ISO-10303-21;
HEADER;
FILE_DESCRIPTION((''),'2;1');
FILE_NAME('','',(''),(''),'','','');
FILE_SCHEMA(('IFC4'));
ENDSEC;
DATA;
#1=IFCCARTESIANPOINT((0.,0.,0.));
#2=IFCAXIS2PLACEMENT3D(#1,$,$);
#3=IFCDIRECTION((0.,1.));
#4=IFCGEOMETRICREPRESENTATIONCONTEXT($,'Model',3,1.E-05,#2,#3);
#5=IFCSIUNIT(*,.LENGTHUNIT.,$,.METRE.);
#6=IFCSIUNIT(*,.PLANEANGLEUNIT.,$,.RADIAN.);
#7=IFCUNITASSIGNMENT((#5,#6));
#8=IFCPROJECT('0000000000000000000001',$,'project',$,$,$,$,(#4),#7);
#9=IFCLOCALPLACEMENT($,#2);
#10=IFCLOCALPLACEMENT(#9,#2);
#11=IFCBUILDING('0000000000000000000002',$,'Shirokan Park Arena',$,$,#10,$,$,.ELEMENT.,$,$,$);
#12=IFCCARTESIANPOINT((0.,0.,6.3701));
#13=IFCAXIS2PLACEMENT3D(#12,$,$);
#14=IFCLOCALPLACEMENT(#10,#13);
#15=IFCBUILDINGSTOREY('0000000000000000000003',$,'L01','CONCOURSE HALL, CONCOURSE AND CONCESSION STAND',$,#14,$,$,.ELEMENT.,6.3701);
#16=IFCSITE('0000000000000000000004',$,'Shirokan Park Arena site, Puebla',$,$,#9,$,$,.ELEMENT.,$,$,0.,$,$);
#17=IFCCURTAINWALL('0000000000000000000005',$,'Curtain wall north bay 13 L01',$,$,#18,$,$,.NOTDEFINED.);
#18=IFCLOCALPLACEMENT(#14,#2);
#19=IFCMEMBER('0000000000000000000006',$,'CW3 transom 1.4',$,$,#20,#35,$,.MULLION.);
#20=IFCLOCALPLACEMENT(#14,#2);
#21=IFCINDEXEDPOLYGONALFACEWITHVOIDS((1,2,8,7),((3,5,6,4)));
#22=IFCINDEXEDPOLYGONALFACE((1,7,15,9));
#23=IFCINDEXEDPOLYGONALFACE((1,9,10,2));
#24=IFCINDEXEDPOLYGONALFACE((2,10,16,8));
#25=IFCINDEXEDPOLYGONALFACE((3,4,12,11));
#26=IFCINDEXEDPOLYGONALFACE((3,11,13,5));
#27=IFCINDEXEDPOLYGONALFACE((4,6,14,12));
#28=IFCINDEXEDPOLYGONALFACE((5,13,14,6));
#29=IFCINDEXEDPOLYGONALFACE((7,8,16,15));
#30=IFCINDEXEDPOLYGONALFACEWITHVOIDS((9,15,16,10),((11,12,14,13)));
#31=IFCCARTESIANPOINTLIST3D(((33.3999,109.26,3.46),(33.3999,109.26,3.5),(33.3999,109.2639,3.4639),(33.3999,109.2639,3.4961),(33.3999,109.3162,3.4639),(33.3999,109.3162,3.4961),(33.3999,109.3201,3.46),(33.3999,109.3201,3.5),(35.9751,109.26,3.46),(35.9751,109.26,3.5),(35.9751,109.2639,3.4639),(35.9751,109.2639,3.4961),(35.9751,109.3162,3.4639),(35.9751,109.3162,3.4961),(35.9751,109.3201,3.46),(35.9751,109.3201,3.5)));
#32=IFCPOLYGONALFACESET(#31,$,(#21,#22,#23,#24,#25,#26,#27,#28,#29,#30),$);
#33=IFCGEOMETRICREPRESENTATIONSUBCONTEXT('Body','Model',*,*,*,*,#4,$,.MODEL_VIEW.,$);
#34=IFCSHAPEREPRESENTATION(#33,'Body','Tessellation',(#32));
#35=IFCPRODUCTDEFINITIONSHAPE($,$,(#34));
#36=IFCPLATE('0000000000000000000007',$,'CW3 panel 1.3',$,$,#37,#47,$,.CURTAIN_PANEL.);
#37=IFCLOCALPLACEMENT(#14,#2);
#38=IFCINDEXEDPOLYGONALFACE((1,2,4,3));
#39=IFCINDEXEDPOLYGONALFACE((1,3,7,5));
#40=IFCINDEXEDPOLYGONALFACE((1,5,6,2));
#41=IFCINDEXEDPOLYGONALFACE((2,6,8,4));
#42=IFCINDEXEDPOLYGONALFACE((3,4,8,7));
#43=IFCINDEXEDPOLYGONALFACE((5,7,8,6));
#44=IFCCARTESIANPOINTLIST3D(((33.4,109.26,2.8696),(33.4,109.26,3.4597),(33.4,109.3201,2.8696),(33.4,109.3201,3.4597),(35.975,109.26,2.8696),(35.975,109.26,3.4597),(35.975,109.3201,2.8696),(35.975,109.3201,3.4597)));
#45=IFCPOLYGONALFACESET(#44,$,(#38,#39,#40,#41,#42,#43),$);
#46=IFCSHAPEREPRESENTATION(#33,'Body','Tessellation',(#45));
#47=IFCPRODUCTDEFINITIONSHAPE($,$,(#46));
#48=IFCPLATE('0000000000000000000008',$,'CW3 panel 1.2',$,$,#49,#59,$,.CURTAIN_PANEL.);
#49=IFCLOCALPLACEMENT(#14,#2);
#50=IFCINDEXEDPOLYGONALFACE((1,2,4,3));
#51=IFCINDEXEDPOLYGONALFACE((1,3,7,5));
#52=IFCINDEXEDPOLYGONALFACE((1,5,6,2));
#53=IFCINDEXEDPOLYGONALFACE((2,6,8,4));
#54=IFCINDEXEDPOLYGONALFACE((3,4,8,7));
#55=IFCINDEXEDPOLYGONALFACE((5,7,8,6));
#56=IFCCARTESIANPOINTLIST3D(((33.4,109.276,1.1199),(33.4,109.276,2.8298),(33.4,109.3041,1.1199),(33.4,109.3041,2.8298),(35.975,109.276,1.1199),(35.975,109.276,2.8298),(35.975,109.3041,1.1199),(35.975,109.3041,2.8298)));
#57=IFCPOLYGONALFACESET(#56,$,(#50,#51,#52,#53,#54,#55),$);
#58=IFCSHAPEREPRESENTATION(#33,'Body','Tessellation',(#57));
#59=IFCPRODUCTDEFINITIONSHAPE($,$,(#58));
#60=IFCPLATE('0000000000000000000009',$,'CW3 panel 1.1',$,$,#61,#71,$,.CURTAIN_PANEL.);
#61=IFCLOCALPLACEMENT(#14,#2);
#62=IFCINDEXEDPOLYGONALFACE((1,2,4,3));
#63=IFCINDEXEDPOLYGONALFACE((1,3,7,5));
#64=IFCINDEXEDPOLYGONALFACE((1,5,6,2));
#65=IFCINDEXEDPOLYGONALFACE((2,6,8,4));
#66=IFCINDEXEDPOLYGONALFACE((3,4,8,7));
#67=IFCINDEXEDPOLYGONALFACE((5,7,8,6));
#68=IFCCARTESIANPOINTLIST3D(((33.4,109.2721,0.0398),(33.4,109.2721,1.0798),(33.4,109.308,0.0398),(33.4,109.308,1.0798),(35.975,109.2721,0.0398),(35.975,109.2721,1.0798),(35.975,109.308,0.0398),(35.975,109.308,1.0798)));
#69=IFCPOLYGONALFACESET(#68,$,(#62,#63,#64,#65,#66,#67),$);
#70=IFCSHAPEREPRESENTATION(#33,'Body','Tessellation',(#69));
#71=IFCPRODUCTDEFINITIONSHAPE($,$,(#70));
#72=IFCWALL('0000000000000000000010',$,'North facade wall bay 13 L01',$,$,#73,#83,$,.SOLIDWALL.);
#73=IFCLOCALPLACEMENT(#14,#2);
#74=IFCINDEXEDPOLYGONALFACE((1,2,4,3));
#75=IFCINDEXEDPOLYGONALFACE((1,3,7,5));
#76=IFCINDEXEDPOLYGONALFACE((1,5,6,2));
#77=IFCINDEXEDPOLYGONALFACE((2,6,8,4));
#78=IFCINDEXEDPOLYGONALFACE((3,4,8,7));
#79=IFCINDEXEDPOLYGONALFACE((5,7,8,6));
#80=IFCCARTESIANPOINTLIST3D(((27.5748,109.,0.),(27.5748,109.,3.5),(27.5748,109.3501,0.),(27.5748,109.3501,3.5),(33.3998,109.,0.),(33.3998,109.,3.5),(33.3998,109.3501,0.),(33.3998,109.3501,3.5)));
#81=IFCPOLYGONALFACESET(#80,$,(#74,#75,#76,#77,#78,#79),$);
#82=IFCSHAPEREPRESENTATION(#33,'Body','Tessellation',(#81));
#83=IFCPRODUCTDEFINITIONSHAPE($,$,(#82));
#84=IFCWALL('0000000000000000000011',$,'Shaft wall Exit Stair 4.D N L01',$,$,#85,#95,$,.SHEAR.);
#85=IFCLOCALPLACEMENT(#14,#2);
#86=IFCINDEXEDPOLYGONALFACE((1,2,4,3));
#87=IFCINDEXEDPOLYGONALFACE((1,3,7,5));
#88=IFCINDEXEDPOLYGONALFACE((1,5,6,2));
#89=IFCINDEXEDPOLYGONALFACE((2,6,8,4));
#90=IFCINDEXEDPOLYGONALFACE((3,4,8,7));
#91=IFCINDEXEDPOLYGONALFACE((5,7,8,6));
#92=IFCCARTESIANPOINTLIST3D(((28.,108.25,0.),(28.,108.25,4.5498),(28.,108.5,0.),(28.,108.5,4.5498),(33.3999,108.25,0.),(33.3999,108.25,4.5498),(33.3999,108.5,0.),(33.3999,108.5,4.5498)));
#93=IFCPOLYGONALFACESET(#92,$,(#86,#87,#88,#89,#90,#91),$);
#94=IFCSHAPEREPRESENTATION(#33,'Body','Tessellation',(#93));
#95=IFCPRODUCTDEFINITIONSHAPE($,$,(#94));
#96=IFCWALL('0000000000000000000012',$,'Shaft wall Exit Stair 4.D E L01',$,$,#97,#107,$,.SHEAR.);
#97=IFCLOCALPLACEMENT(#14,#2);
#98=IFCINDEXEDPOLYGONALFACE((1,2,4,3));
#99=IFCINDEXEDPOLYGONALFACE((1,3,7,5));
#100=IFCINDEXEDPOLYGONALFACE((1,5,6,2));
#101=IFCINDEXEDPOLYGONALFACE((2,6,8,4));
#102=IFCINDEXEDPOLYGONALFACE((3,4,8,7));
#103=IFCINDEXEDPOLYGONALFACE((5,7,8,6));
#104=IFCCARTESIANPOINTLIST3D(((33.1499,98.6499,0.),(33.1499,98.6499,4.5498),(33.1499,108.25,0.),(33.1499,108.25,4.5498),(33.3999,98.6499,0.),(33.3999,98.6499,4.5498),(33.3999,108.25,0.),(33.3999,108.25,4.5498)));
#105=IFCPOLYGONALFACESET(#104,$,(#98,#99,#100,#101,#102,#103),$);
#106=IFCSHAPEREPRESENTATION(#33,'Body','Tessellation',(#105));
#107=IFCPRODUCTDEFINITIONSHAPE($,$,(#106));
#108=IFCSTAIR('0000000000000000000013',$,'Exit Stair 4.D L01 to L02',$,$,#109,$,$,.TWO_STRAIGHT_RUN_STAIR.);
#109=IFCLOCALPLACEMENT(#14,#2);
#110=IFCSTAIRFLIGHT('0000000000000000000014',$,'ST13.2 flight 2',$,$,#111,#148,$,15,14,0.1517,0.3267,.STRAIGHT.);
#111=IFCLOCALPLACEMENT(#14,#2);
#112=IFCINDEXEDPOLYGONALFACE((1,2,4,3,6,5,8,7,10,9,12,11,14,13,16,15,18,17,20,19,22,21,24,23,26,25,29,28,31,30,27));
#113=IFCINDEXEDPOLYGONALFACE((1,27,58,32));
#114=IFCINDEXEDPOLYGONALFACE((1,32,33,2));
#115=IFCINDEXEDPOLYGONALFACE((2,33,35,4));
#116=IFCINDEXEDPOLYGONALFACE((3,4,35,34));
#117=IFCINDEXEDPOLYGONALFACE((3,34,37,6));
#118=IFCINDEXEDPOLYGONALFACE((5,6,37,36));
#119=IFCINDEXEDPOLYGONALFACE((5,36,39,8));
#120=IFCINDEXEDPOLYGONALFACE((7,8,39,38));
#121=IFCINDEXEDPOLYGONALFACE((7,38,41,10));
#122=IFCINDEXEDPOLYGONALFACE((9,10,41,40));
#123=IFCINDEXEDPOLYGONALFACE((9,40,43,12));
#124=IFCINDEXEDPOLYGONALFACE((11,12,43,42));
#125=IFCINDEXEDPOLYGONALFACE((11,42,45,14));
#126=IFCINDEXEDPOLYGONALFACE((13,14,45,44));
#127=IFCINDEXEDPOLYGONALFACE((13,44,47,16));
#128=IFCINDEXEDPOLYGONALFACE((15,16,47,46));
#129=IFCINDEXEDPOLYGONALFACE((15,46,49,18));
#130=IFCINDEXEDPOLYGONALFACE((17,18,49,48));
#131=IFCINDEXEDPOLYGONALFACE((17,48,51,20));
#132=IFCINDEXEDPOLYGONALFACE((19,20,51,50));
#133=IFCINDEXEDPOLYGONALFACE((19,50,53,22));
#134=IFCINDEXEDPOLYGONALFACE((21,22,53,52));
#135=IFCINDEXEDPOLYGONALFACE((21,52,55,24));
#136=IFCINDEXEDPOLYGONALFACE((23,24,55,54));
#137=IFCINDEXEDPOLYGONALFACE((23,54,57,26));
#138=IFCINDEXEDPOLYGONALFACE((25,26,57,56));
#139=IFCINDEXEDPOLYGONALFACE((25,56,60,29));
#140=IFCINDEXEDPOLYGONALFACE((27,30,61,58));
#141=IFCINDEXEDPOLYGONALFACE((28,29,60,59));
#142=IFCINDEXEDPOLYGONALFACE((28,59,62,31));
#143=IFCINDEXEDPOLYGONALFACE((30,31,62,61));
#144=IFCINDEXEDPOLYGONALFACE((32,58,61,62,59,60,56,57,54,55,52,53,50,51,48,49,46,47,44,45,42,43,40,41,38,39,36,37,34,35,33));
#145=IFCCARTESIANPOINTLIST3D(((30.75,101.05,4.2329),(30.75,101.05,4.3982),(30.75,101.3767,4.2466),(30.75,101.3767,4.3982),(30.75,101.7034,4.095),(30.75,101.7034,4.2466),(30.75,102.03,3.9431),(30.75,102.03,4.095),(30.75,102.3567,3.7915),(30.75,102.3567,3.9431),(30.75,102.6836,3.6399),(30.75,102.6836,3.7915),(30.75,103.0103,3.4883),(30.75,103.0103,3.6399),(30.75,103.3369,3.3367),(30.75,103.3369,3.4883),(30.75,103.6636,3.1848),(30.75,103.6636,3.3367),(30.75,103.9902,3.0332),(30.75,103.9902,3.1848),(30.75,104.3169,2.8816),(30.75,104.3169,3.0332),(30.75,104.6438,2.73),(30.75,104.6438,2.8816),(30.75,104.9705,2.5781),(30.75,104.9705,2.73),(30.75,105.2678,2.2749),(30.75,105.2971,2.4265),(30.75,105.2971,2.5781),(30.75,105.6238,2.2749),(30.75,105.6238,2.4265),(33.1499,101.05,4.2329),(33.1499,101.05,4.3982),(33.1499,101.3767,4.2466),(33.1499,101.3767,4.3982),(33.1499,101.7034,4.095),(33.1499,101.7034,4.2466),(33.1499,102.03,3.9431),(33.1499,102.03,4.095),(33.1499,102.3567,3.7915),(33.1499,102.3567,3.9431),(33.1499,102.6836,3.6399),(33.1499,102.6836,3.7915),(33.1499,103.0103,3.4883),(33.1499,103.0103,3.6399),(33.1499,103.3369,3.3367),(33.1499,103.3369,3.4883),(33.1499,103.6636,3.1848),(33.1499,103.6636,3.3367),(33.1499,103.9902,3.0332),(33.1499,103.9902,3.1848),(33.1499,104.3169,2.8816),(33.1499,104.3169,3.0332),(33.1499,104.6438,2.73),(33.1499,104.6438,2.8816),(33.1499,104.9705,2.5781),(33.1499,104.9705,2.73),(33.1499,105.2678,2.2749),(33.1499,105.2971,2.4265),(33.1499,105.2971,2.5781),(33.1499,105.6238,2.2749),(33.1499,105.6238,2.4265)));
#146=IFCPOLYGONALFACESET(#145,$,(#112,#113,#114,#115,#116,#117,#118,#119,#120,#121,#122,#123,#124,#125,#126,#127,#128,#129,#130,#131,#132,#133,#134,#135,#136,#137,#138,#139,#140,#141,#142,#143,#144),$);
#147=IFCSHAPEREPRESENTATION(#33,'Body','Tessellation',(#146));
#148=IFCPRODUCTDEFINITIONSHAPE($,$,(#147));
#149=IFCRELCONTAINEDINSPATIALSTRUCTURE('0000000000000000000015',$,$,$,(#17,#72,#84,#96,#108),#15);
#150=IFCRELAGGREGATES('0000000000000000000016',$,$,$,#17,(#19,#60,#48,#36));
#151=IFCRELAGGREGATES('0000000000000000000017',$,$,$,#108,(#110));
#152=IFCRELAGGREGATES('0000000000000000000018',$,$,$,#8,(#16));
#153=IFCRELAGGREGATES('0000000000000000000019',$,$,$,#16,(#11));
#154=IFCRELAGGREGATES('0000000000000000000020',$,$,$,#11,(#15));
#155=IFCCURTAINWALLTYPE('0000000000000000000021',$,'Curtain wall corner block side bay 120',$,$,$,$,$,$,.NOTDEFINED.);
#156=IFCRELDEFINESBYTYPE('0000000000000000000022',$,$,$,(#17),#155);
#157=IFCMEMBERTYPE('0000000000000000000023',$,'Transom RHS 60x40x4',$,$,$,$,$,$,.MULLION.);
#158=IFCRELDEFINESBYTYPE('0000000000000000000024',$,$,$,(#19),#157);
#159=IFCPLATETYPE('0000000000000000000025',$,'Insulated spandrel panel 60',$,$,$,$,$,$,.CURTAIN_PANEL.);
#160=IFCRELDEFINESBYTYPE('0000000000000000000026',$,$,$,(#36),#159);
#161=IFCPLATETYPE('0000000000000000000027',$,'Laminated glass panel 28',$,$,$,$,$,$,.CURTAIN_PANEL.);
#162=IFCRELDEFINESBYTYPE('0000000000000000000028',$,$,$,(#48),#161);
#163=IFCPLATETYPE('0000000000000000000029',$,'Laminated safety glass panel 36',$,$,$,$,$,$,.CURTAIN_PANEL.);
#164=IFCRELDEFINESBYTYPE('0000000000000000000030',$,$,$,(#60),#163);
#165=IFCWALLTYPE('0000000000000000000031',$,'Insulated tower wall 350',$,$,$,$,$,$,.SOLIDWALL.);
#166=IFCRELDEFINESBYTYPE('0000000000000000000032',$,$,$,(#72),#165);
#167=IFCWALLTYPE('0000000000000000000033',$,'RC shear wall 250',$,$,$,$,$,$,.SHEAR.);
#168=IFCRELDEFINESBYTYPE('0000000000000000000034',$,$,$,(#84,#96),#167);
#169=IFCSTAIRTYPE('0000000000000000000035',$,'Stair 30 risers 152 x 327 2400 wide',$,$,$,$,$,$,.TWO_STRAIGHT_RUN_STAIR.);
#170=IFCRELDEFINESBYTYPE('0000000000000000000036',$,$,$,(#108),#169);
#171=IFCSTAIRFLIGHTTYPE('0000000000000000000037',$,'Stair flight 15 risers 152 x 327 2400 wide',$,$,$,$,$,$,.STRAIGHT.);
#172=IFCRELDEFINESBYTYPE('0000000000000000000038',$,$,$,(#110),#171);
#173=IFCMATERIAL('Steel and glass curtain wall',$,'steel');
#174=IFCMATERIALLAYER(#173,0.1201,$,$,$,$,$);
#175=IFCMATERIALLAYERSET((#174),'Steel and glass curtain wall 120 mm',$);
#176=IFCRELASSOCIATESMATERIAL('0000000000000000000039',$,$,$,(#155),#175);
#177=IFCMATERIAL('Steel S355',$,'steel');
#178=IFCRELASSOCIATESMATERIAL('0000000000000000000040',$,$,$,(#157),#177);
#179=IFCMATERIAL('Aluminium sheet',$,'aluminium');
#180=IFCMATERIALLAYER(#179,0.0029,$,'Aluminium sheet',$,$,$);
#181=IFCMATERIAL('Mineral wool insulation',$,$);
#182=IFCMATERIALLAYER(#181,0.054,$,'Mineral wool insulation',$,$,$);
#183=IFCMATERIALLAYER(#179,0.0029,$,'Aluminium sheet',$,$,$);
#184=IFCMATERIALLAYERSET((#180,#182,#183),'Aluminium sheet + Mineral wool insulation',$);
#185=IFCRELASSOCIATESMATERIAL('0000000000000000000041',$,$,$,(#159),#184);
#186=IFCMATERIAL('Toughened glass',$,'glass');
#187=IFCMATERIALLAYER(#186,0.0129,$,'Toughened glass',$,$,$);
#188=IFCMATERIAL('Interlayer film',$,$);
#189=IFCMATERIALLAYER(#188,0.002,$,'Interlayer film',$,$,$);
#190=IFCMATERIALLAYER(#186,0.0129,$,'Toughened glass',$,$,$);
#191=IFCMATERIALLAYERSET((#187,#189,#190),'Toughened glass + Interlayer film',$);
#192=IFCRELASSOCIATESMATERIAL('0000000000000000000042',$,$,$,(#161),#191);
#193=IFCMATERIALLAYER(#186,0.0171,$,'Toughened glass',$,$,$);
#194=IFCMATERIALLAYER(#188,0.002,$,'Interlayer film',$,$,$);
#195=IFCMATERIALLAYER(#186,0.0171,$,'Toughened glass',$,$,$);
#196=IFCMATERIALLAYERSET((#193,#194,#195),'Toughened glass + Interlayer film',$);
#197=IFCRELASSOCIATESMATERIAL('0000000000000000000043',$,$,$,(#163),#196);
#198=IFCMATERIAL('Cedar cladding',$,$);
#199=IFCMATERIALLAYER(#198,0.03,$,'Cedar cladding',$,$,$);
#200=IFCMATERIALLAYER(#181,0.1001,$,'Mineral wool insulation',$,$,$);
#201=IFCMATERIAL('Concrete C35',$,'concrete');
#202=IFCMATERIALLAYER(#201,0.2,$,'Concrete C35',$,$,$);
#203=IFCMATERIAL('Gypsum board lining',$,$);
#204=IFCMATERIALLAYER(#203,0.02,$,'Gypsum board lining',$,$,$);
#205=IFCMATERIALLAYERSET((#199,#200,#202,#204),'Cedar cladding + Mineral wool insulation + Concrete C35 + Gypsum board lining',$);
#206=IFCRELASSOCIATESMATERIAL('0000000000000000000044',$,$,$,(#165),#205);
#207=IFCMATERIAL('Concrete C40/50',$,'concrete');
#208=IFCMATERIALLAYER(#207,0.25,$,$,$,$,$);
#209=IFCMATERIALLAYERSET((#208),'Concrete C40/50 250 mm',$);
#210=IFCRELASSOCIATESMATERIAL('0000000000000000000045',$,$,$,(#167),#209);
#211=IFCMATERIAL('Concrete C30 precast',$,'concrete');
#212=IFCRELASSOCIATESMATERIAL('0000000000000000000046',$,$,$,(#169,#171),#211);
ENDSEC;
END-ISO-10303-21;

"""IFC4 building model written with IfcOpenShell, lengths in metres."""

from ifc_helpers import new_model, si_unit, direction, frame, frame_2d, origin, origin_2d, place, context, subcontext, project, spatial, polyline, rectangle, hollow_rectangle, outline, extrude, material, layer, layer_set, material_profile, profile_set, type_object, element, aggregate, save


model = new_model("IFC4")

# Units and contexts
model_context = context("Model", 3, precision=1e-05, world=origin(), true_north=direction((0.0, 1.0)))
body_context = subcontext(model_context, "Body", "Model", "MODEL_VIEW")
ifc_project = project(units=[si_unit("LENGTHUNIT", "METRE"), si_unit("PLANEANGLEUNIT", "RADIAN")], contexts=[model_context])

# Site, building, storey
site_placement = place(None, origin())
site = spatial("IfcSite", under=ifc_project, at=site_placement, Name="Shirokan Park Arena site, Puebla", CompositionType="ELEMENT", RefElevation=0.0)
building_placement = place(site_placement, origin())
building = spatial("IfcBuilding", under=site, at=building_placement, Name="Shirokan Park Arena", CompositionType="ELEMENT")
storey_placement = place(building_placement, frame((0.0, 0.0, 6.3701)))
storey = spatial("IfcBuildingStorey", under=building, at=storey_placement, Name="L01", Description="CONCOURSE HALL, CONCOURSE AND CONCESSION STAND", CompositionType="ELEMENT", Elevation=6.3701)

# Shared definitions
ifc_material_1 = material(Name="Concrete C35", Category="concrete")

# Curtain wall
ifc_material_2 = material(Name="Steel and glass curtain wall", Category="steel")
ifc_material_3 = material(Name="Steel S355", Category="steel")
ifc_layer_1 = layer(ifc_material_2, 0.1201)
ifc_layer_set_1 = layer_set([ifc_layer_1], Name="Steel and glass curtain wall 120 mm")
curtain_wall_type_1 = type_object("IfcCurtainWallType", Name="Curtain wall corner block side bay 120", PredefinedType="NOTDEFINED", material=ifc_layer_set_1)
curtain_wall_1_placement = place(storey_placement, origin())
curtain_wall_1 = element("IfcCurtainWall", 1, at=curtain_wall_1_placement, inside=storey, type_object=curtain_wall_type_1, Name="Curtain wall north bay 13 L01", PredefinedType="NOTDEFINED")

# Member
ifc_material_profile_1 = material_profile(ifc_material_3, hollow_rectangle(XDim=0.0601, YDim=0.04, WallThickness=0.0039, at=origin_2d()), Name="RHS 60x40x4")
ifc_profile_set_1 = profile_set([ifc_material_profile_1], Name="Steel S355")
member_type_1 = type_object("IfcMemberType", Name="Transom RHS 60x40x4", PredefinedType="MULLION", material=ifc_profile_set_1)
member_1_placement = place(storey_placement, frame((35.9751, 109.29, 3.48), z_axis=(-1.0, 0.0, 0.0), x_axis=(0.0, -1.0, 0.0)))
member_1 = element("IfcMember", 2, at=member_1_placement, type_object=member_type_1, Name="CW3 transom 1.4", PredefinedType="MULLION", context=body_context, shape_type="SweptSolid", body=[
    extrude(hollow_rectangle(XDim=0.0601, YDim=0.04, WallThickness=0.0039, at=origin_2d()), origin(), (0.0, 0.0, 1.0), 2.5752),
])

# Plates
ifc_material_4 = material(Name="Aluminium sheet", Category="aluminium")
ifc_layer_2 = layer(ifc_material_4, 0.0029, Name="Aluminium sheet")
ifc_material_5 = material(Name="Mineral wool insulation")
ifc_layer_3 = layer(ifc_material_5, 0.054, Name="Mineral wool insulation")
ifc_layer_4 = layer(ifc_material_4, 0.0029, Name="Aluminium sheet")
ifc_layer_set_2 = layer_set([ifc_layer_2, ifc_layer_3, ifc_layer_4], Name="Aluminium sheet + Mineral wool insulation")
plate_type_1 = type_object("IfcPlateType", Name="Insulated spandrel panel 60", PredefinedType="CURTAIN_PANEL", material=ifc_layer_set_2)
plate_1_placement = place(storey_placement, frame((34.6875, 109.29, 2.8696), z_axis=(0.0, 0.0, 1.0), x_axis=(-1.0, 0.0, 0.0)))
plate_1 = element("IfcPlate", 3, at=plate_1_placement, type_object=plate_type_1, Name="CW3 panel 1.3", PredefinedType="CURTAIN_PANEL", context=body_context, shape_type="SweptSolid", body=[
    extrude(rectangle(XDim=2.575, YDim=0.0601, at=origin_2d()), origin(), (0.0, 0.0, 1.0), 0.5901),
])
ifc_material_6 = material(Name="Toughened glass", Category="glass")
ifc_layer_5 = layer(ifc_material_6, 0.0129, Name="Toughened glass")
ifc_material_7 = material(Name="Interlayer film")
ifc_layer_6 = layer(ifc_material_7, 0.002, Name="Interlayer film")
ifc_layer_7 = layer(ifc_material_6, 0.0129, Name="Toughened glass")
ifc_layer_set_3 = layer_set([ifc_layer_5, ifc_layer_6, ifc_layer_7], Name="Toughened glass + Interlayer film")
plate_type_2 = type_object("IfcPlateType", Name="Laminated glass panel 28", PredefinedType="CURTAIN_PANEL", material=ifc_layer_set_3)
plate_2_placement = place(storey_placement, frame((34.6875, 109.29, 1.1199), z_axis=(0.0, 0.0, 1.0), x_axis=(-1.0, 0.0, 0.0)))
plate_2 = element("IfcPlate", 4, at=plate_2_placement, type_object=plate_type_2, Name="CW3 panel 1.2", PredefinedType="CURTAIN_PANEL", context=body_context, shape_type="SweptSolid", body=[
    extrude(rectangle(XDim=2.575, YDim=0.0281, at=origin_2d()), origin(), (0.0, 0.0, 1.0), 1.71),
])
ifc_layer_8 = layer(ifc_material_6, 0.0171, Name="Toughened glass")
ifc_layer_9 = layer(ifc_material_7, 0.002, Name="Interlayer film")
ifc_layer_10 = layer(ifc_material_6, 0.0171, Name="Toughened glass")
ifc_layer_set_4 = layer_set([ifc_layer_8, ifc_layer_9, ifc_layer_10], Name="Toughened glass + Interlayer film")
plate_type_3 = type_object("IfcPlateType", Name="Laminated safety glass panel 36", PredefinedType="CURTAIN_PANEL", material=ifc_layer_set_4)
plate_3_placement = place(storey_placement, frame((34.6875, 109.29, 0.0398), z_axis=(0.0, 0.0, 1.0), x_axis=(-1.0, 0.0, 0.0)))
plate_3 = element("IfcPlate", 5, at=plate_3_placement, type_object=plate_type_3, Name="CW3 panel 1.1", PredefinedType="CURTAIN_PANEL", context=body_context, shape_type="SweptSolid", body=[
    extrude(rectangle(XDim=2.575, YDim=0.0359, at=origin_2d()), origin(), (0.0, 0.0, 1.0), 1.04),
])
aggregate(curtain_wall_1, [member_1, plate_3, plate_2, plate_1])

# Walls
ifc_material_8 = material(Name="Cedar cladding")
ifc_layer_11 = layer(ifc_material_8, 0.03, Name="Cedar cladding")
ifc_layer_12 = layer(ifc_material_5, 0.1001, Name="Mineral wool insulation")
ifc_layer_13 = layer(ifc_material_1, 0.2, Name="Concrete C35")
ifc_material_9 = material(Name="Gypsum board lining")
ifc_layer_14 = layer(ifc_material_9, 0.02, Name="Gypsum board lining")
ifc_layer_set_5 = layer_set([ifc_layer_11, ifc_layer_12, ifc_layer_13, ifc_layer_14], Name="Cedar cladding + Mineral wool insulation + Concrete C35 + Gypsum board lining")
wall_type_1 = type_object("IfcWallType", Name="Insulated tower wall 350", PredefinedType="SOLIDWALL", material=ifc_layer_set_5)
wall_1_placement = place(storey_placement, frame((33.3999, 109.175, 0.0), z_axis=(0.0, 0.0, 1.0), x_axis=(-1.0, 0.0, 0.0)))
element("IfcWall", 6, at=wall_1_placement, inside=storey, type_object=wall_type_1, Name="North facade wall bay 13 L01", PredefinedType="SOLIDWALL", context=body_context, shape_type="SweptSolid", body=[
    extrude(rectangle(XDim=5.825, YDim=0.3501, at=frame_2d((2.9126, 0.0))), origin(), (0.0, 0.0, 1.0), 3.5),
])
ifc_material_10 = material(Name="Concrete C40/50", Category="concrete")
ifc_layer_15 = layer(ifc_material_10, 0.25)
ifc_layer_set_6 = layer_set([ifc_layer_15], Name="Concrete C40/50 250 mm")
wall_type_2 = type_object("IfcWallType", Name="RC shear wall 250", PredefinedType="SHEAR", material=ifc_layer_set_6)
wall_2_placement = place(storey_placement, frame((33.3999, 108.375, 0.0), z_axis=(0.0, 0.0, 1.0), x_axis=(-1.0, 0.0, 0.0)))
element("IfcWall", 7, at=wall_2_placement, inside=storey, type_object=wall_type_2, Name="Shaft wall Exit Stair 4.D N L01", PredefinedType="SHEAR", context=body_context, shape_type="SweptSolid", body=[
    extrude(rectangle(XDim=5.3999, YDim=0.25, at=frame_2d((2.7, 0.0))), origin(), (0.0, 0.0, 1.0), 4.5498),
])
wall_3_placement = place(storey_placement, frame((33.2749, 108.25, 0.0), z_axis=(0.0, 0.0, 1.0), x_axis=(0.0, -1.0, 0.0)))
element("IfcWall", 8, at=wall_3_placement, inside=storey, type_object=wall_type_2, Name="Shaft wall Exit Stair 4.D E L01", PredefinedType="SHEAR", context=body_context, shape_type="SweptSolid", body=[
    extrude(rectangle(XDim=9.6001, YDim=0.25, at=frame_2d((4.8, 0.0))), origin(), (0.0, 0.0, 1.0), 4.5498),
])

# Stair, stair flight
ifc_material_11 = material(Name="Concrete C30 precast", Category="concrete")
stair_type = type_object("IfcStairType", Name="Stair 30 risers 152 x 327 2400 wide", PredefinedType="TWO_STRAIGHT_RUN_STAIR", material=ifc_material_11)
stair_placement = place(storey_placement, origin())
stair = element("IfcStair", 9, at=stair_placement, inside=storey, type_object=stair_type, Name="Exit Stair 4.D L01 to L02", PredefinedType="TWO_STRAIGHT_RUN_STAIR")
stair_flight_type = type_object("IfcStairFlightType", Name="Stair flight 15 risers 152 x 327 2400 wide", PredefinedType="STRAIGHT", material=ifc_material_11)
stair_flight_placement = place(storey_placement, frame((31.95, 105.6238, 2.2749), z_axis=(0.0, 0.0, 1.0), x_axis=(0.0, -1.0, 0.0)))
stair_flight = element("IfcStairFlight", 10, at=stair_flight_placement, type_object=stair_flight_type, Name="ST13.2 flight 2", NumberOfRisers=15, NumberOfTreads=14, PredefinedType="STRAIGHT", RiserHeight=0.1517, TreadLength=0.3267, context=body_context, shape_type="SweptSolid", body=[
    extrude(outline(polyline([(0.0, 0.0), (0.0, 0.1516), (0.3267, 0.1516), (0.3267, 0.3032), (0.6533, 0.3032), (0.6533, 0.4551), (0.98, 0.4551), (0.98, 0.6067), (1.3069, 0.6067), (1.3069, 0.7583), (1.6335, 0.7583), (1.6335, 0.9099), (1.9602, 0.9099), (1.9602, 1.0618), (2.2869, 1.0618), (2.2869, 1.2134), (2.6135, 1.2134), (2.6135, 1.365), (2.9402, 1.365), (2.9402, 1.5166), (3.2671, 1.5166), (3.2671, 1.6682), (3.5938, 1.6682), (3.5938, 1.8201), (3.9204, 1.8201), (3.9204, 1.9717), (4.2471, 1.9717), (4.2471, 2.1233), (4.5737, 2.1233), (4.5737, 2.2749), (4.5737, 1.958), (0.356, 0.0), (0.0, 0.0)])), frame((0.0, 1.2, 0.0), z_axis=(0.0, -1.0, 0.0), x_axis=(1.0, 0.0, 0.0)), (0.0, 0.0, 1.0), 2.3999),
])
aggregate(stair, [stair_flight])

save(model, "model.ifc")
